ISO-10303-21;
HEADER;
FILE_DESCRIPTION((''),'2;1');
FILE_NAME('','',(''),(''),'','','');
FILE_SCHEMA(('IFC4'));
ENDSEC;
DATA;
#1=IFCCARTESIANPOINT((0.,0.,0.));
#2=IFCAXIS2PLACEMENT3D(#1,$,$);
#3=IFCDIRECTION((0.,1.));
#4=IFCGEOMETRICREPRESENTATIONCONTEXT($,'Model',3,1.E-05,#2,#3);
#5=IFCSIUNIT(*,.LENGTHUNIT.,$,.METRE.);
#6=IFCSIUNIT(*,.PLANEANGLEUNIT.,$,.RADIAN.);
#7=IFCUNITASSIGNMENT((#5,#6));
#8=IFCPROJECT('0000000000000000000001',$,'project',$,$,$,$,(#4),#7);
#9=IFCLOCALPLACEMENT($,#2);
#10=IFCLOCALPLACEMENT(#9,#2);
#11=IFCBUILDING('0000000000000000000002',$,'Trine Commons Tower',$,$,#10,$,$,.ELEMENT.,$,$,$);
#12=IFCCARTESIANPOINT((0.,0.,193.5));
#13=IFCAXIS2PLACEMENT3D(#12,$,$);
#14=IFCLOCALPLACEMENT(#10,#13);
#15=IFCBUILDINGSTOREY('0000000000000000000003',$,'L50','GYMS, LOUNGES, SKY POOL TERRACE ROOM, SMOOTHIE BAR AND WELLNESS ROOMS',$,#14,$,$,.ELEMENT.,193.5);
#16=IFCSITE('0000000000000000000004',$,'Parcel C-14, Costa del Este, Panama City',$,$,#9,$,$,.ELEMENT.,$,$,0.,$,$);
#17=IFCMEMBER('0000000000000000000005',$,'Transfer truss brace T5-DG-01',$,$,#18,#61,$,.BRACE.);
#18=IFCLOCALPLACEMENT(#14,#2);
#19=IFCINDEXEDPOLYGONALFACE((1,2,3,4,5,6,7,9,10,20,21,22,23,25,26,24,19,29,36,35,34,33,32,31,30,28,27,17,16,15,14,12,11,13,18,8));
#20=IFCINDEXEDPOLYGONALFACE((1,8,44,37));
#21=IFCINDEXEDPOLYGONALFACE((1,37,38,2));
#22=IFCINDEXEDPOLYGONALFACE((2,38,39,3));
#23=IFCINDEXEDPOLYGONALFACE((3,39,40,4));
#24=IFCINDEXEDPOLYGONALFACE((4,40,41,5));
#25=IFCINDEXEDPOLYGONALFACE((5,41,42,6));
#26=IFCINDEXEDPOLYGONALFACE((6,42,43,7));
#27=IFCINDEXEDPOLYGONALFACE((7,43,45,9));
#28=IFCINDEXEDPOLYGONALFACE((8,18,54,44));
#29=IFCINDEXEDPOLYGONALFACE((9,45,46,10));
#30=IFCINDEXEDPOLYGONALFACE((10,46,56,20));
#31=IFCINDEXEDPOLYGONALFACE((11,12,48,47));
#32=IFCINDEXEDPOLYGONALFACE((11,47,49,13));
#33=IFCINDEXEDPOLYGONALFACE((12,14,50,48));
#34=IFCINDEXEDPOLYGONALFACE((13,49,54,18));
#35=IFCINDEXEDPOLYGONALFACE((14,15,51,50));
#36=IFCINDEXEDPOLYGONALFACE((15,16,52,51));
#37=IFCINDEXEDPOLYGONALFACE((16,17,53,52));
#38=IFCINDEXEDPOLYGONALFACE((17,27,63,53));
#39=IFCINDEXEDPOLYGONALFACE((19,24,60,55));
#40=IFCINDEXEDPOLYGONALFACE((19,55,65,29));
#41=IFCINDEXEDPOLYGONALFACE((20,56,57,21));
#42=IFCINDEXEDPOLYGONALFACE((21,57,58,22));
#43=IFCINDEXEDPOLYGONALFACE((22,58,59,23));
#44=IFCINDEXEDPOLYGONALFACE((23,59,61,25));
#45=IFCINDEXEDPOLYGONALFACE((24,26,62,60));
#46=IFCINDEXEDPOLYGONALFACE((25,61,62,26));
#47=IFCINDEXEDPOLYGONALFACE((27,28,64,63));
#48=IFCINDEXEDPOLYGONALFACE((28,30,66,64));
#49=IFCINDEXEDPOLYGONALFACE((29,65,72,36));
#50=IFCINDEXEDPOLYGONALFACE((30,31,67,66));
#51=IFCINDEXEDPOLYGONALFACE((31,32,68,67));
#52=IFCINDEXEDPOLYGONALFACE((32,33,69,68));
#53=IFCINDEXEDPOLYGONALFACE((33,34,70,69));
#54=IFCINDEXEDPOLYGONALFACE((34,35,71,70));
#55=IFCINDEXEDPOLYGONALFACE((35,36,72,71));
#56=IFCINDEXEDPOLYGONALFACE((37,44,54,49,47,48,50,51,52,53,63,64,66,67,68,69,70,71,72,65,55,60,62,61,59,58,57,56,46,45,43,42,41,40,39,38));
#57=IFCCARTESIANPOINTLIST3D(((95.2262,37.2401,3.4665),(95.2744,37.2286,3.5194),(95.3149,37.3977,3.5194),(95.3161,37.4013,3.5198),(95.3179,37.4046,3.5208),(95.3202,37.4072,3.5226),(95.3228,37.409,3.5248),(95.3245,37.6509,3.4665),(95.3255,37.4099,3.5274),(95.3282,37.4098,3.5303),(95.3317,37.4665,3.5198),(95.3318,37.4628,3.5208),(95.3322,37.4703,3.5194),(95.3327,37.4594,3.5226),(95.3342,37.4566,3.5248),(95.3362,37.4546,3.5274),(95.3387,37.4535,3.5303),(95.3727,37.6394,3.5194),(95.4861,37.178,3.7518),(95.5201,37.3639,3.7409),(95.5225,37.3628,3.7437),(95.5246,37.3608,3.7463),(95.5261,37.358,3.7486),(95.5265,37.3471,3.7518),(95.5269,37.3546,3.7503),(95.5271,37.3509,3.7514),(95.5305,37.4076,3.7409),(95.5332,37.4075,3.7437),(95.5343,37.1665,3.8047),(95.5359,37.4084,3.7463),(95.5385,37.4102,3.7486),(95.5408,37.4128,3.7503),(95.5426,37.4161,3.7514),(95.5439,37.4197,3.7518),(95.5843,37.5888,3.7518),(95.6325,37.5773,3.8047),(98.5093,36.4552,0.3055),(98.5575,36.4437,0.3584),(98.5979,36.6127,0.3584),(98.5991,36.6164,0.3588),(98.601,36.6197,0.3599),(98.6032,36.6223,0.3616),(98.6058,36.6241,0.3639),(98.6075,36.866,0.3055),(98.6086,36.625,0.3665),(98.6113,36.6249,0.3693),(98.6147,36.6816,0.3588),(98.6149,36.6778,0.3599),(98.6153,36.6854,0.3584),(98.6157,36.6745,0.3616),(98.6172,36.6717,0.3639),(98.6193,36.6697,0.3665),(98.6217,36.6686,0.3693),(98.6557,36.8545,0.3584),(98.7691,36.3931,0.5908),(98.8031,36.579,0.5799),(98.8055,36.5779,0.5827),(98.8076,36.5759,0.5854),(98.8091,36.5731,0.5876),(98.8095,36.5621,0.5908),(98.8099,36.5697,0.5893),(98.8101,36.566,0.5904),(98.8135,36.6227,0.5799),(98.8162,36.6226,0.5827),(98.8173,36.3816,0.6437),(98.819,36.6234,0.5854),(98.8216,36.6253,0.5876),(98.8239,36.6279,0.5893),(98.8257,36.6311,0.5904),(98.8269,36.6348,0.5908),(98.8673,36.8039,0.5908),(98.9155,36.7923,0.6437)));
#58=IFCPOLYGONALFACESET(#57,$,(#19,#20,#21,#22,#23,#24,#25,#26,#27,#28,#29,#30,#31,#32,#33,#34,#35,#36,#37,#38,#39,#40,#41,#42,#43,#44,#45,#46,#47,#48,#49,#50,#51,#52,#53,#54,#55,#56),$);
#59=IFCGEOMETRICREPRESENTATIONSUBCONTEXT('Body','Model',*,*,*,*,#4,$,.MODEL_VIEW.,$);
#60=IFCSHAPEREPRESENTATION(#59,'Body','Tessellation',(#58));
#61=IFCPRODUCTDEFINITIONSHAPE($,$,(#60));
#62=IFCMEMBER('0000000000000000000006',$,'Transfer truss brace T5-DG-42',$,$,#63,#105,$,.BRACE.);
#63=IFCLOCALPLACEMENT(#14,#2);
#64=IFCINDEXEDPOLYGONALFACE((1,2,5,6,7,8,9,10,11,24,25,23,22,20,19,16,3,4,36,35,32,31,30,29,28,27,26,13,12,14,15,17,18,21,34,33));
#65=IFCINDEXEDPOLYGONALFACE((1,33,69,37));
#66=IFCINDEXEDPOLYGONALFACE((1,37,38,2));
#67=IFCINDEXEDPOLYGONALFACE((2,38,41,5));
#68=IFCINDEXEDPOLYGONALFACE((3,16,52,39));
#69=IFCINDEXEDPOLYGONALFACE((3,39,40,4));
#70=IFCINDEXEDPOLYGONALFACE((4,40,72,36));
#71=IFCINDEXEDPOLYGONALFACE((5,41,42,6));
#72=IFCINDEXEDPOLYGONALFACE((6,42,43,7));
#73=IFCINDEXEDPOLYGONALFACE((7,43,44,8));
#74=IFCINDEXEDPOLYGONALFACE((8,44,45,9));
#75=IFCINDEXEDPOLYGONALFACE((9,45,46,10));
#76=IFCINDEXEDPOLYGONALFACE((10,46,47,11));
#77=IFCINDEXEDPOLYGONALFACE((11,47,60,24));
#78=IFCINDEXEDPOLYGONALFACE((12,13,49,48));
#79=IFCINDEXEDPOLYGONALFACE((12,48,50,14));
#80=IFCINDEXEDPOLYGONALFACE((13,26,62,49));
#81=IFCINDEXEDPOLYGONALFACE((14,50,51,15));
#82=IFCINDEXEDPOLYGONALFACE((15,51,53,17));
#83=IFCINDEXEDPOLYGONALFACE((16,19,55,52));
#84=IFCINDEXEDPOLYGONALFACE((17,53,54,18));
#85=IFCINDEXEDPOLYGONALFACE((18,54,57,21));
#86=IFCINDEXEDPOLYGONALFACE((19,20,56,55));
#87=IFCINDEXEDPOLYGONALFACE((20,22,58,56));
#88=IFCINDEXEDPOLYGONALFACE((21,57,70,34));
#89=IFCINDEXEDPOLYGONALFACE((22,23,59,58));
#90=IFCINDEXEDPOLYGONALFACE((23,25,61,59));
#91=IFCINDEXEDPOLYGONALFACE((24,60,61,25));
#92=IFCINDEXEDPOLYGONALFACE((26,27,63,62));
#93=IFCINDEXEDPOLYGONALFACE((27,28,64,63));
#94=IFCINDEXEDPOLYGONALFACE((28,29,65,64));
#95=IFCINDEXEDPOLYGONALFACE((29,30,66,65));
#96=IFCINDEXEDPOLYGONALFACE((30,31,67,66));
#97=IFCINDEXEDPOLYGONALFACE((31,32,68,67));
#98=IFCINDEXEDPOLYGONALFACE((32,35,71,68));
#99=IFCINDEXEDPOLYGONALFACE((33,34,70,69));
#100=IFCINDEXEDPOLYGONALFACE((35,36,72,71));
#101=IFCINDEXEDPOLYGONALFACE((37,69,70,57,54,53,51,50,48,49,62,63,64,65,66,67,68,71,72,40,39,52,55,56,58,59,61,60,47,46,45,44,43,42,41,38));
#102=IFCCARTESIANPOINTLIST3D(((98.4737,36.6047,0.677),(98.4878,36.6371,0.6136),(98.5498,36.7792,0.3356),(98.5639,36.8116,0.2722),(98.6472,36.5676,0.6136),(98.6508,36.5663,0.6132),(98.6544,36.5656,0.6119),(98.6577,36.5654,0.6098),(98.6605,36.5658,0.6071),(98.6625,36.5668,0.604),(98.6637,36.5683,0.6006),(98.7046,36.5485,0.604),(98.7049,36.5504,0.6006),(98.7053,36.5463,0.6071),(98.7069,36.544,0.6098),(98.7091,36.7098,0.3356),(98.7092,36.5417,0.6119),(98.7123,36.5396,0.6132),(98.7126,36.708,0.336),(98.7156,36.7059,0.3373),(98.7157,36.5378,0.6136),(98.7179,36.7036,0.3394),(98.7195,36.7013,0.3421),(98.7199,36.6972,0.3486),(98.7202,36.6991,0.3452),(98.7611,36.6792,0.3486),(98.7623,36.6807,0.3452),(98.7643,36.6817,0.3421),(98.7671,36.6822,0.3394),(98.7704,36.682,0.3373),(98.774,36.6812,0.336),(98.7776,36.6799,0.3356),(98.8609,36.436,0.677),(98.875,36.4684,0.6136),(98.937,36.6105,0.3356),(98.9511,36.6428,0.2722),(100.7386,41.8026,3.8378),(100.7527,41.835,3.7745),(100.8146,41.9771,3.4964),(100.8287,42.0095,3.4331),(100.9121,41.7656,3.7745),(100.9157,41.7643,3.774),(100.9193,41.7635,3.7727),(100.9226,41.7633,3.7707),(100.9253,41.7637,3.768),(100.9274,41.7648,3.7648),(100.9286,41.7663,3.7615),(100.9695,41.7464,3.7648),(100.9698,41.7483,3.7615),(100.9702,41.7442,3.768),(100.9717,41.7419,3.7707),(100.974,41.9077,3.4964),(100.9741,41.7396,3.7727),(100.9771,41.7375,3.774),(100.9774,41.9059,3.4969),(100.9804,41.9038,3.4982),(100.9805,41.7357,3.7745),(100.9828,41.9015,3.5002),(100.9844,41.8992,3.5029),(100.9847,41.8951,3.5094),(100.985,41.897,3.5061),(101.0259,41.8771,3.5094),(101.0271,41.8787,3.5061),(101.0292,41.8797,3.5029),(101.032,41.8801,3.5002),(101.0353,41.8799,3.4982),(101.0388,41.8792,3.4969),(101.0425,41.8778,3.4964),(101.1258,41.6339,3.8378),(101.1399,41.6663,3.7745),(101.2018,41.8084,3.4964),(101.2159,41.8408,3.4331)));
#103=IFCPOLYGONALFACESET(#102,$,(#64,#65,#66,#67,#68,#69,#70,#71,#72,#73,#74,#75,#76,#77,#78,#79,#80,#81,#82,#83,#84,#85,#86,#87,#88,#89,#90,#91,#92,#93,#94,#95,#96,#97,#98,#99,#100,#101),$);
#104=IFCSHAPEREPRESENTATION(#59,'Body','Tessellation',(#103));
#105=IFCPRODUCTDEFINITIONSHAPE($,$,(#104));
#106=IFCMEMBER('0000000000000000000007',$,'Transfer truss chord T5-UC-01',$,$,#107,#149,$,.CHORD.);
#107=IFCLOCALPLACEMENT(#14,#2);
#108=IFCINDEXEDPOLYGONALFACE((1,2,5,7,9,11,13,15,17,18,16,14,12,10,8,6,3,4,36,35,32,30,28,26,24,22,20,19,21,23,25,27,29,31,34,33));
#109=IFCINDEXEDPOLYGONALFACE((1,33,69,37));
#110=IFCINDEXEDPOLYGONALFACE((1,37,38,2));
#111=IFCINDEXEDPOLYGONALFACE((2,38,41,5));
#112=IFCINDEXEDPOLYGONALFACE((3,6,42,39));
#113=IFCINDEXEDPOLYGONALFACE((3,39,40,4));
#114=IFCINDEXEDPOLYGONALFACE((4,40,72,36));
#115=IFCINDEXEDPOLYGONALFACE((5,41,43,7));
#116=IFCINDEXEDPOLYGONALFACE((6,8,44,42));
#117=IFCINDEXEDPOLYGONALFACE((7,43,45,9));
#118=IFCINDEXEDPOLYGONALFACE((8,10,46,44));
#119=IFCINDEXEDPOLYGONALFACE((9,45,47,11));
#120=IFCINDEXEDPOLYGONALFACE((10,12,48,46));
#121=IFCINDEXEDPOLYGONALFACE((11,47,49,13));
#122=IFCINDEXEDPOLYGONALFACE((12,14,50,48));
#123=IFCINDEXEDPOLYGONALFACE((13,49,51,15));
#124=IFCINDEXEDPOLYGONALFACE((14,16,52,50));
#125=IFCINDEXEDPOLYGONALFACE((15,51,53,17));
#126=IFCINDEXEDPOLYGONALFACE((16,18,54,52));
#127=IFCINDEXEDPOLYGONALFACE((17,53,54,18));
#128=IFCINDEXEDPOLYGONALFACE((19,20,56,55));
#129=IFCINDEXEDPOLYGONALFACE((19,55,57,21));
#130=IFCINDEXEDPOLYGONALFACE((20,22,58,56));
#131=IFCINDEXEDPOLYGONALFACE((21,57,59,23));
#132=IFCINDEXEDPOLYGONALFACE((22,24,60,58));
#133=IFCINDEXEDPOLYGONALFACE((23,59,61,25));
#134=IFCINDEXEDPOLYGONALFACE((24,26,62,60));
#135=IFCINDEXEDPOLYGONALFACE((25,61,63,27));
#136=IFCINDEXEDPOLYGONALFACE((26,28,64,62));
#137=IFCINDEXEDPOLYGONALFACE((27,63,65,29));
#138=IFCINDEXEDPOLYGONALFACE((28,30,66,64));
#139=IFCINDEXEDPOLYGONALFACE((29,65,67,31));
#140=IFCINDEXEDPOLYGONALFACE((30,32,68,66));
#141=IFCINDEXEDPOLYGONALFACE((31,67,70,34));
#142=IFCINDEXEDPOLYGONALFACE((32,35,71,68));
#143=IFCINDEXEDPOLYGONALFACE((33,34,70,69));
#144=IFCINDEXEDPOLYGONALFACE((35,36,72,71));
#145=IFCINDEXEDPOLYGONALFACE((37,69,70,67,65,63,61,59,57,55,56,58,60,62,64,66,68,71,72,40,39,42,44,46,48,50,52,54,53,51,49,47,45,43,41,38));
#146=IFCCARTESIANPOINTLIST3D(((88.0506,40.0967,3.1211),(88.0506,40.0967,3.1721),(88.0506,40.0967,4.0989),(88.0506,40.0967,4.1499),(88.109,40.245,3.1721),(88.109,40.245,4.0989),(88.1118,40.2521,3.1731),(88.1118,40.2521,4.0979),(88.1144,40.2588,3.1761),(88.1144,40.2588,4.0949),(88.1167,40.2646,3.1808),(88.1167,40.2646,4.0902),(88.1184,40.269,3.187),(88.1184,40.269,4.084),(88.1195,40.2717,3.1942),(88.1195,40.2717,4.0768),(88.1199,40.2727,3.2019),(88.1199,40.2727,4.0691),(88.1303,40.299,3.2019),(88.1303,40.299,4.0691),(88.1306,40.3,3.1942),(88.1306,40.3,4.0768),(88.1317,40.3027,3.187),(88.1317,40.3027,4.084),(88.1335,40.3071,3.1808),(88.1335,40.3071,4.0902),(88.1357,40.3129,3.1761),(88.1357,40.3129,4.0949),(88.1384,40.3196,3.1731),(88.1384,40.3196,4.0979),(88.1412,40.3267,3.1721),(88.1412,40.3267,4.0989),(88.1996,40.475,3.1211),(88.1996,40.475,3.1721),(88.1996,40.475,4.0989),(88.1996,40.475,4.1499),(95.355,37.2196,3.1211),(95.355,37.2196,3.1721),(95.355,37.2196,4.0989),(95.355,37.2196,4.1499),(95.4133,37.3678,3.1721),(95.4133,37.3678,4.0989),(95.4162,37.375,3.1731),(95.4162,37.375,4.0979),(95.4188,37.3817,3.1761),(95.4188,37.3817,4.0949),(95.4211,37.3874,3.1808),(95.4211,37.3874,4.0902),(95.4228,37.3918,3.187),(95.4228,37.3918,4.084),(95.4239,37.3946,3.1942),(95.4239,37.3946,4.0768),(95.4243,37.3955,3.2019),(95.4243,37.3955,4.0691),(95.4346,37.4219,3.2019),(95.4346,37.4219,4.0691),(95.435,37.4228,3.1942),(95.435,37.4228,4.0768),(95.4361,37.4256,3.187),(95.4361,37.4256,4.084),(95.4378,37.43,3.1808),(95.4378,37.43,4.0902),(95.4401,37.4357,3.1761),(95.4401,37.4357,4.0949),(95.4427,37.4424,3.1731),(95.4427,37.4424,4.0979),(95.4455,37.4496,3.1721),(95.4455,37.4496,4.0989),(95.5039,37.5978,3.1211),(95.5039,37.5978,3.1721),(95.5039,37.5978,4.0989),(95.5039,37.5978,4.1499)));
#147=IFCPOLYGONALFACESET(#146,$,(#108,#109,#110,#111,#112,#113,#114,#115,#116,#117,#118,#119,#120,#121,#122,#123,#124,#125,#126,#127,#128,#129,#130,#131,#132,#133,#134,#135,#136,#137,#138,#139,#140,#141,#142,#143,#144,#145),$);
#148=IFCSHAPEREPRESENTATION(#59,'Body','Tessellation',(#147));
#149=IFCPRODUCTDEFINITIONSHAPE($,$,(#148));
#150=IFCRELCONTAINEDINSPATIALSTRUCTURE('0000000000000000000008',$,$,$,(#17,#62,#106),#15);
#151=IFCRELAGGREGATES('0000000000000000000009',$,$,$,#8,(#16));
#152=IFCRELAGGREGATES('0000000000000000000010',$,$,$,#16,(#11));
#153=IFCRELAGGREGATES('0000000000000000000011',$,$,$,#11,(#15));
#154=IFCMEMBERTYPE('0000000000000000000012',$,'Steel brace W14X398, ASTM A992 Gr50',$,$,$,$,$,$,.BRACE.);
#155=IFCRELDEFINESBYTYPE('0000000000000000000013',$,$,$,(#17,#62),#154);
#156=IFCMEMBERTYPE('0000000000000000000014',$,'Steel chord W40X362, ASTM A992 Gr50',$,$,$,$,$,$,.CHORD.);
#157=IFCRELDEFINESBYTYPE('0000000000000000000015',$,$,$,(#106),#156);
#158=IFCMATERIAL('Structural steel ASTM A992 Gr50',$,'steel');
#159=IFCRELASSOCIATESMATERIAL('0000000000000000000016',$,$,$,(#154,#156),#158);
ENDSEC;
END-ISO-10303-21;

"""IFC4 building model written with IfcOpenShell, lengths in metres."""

from ifc_helpers import new_model, si_unit, direction, frame, origin, origin_2d, place, context, subcontext, project, spatial, i_section, extrude, material, material_profile, profile_set, type_object, element, save


model = new_model("IFC4")

# Units and contexts
model_context = context("Model", 3, precision=1e-05, world=origin(), true_north=direction((0.0, 1.0)))
body_context = subcontext(model_context, "Body", "Model", "MODEL_VIEW")
ifc_project = project(units=[si_unit("LENGTHUNIT", "METRE"), si_unit("PLANEANGLEUNIT", "RADIAN")], contexts=[model_context])

# Site, building, storey
site_placement = place(None, origin())
site = spatial("IfcSite", under=ifc_project, at=site_placement, Name="Parcel C-14, Costa del Este, Panama City", CompositionType="ELEMENT", RefElevation=0.0)
building_placement = place(site_placement, origin())
building = spatial("IfcBuilding", under=site, at=building_placement, Name="Trine Commons Tower", CompositionType="ELEMENT")
storey_placement = place(building_placement, frame((0.0, 0.0, 193.5)))
storey = spatial("IfcBuildingStorey", under=building, at=storey_placement, Name="L50", Description="GYMS, LOUNGES, SKY POOL TERRACE ROOM, SMOOTHIE BAR AND WELLNESS ROOMS", CompositionType="ELEMENT", Elevation=193.5)

# Shared definitions
ifc_material_1 = material(Name="Structural steel ASTM A992 Gr50", Category="steel")

# Members
ifc_material_profile_1 = material_profile(ifc_material_1, i_section(OverallWidth=0.4224, OverallDepth=0.4634, WebThickness=0.0449, FlangeThickness=0.0725, FilletRadius=0.0149, at=origin_2d()), Name="W14X398")
ifc_profile_set_1 = profile_set([ifc_material_profile_1], Name="Structural steel ASTM A992 Gr50")
member_type_1 = type_object("IfcMemberType", Name="Steel brace W14X398, ASTM A992 Gr50", PredefinedType="BRACE", material=ifc_profile_set_1)
member_1_placement = place(storey_placement, frame((98.7124, 36.6238, 0.4746), z_axis=(-0.70992, 0.169733, 0.683523), x_axis=(-0.232533, -0.972588, 0.0)))
element("IfcMember", 1, at=member_1_placement, inside=storey, type_object=member_type_1, Name="Transfer truss brace T5-DG-01", PredefinedType="BRACE", context=body_context, shape_type="SweptSolid", body=[
    extrude(i_section(OverallWidth=0.4224, OverallDepth=0.4634, WebThickness=0.0449, FlangeThickness=0.0725, FilletRadius=0.0149, at=origin_2d()), origin(), (0.0, 0.0, 1.0), 4.6245),
])
member_2_placement = place(storey_placement, frame((98.7124, 36.6238, 0.4746), z_axis=(0.348899, 0.800734, 0.486924), x_axis=(-0.916754, 0.399452, 0.0)))
element("IfcMember", 2, at=member_2_placement, inside=storey, type_object=member_type_1, Name="Transfer truss brace T5-DG-42", PredefinedType="BRACE", context=body_context, shape_type="SweptSolid", body=[
    extrude(i_section(OverallWidth=0.4224, OverallDepth=0.4634, WebThickness=0.0449, FlangeThickness=0.0725, FilletRadius=0.0149, at=origin_2d()), origin(), (0.0, 0.0, 1.0), 6.4915),
])
ifc_material_profile_2 = material_profile(ifc_material_1, i_section(OverallWidth=0.4065, OverallDepth=1.0288, WebThickness=0.0283, FlangeThickness=0.051, FilletRadius=0.0298, at=origin_2d()), Name="W40X362")
ifc_profile_set_2 = profile_set([ifc_material_profile_2], Name="Structural steel ASTM A992 Gr50")
member_type_2 = type_object("IfcMemberType", Name="Steel chord W40X362, ASTM A992 Gr50", PredefinedType="CHORD", material=ifc_profile_set_2)
member_3_placement = place(storey_placement, frame((95.4294, 37.4087, 3.6355), z_axis=(-0.930422, 0.36649, 0.0), x_axis=(-0.36649, -0.930422, 0.0)))
element("IfcMember", 3, at=member_3_placement, inside=storey, type_object=member_type_2, Name="Transfer truss chord T5-UC-01", PredefinedType="CHORD", context=body_context, shape_type="SweptSolid", body=[
    extrude(i_section(OverallWidth=0.4065, OverallDepth=1.0288, WebThickness=0.0283, FlangeThickness=0.051, FilletRadius=0.0298, at=origin_2d()), origin(), (0.0, 0.0, 1.0), 7.8506),
])

save(model, "model.ifc")
